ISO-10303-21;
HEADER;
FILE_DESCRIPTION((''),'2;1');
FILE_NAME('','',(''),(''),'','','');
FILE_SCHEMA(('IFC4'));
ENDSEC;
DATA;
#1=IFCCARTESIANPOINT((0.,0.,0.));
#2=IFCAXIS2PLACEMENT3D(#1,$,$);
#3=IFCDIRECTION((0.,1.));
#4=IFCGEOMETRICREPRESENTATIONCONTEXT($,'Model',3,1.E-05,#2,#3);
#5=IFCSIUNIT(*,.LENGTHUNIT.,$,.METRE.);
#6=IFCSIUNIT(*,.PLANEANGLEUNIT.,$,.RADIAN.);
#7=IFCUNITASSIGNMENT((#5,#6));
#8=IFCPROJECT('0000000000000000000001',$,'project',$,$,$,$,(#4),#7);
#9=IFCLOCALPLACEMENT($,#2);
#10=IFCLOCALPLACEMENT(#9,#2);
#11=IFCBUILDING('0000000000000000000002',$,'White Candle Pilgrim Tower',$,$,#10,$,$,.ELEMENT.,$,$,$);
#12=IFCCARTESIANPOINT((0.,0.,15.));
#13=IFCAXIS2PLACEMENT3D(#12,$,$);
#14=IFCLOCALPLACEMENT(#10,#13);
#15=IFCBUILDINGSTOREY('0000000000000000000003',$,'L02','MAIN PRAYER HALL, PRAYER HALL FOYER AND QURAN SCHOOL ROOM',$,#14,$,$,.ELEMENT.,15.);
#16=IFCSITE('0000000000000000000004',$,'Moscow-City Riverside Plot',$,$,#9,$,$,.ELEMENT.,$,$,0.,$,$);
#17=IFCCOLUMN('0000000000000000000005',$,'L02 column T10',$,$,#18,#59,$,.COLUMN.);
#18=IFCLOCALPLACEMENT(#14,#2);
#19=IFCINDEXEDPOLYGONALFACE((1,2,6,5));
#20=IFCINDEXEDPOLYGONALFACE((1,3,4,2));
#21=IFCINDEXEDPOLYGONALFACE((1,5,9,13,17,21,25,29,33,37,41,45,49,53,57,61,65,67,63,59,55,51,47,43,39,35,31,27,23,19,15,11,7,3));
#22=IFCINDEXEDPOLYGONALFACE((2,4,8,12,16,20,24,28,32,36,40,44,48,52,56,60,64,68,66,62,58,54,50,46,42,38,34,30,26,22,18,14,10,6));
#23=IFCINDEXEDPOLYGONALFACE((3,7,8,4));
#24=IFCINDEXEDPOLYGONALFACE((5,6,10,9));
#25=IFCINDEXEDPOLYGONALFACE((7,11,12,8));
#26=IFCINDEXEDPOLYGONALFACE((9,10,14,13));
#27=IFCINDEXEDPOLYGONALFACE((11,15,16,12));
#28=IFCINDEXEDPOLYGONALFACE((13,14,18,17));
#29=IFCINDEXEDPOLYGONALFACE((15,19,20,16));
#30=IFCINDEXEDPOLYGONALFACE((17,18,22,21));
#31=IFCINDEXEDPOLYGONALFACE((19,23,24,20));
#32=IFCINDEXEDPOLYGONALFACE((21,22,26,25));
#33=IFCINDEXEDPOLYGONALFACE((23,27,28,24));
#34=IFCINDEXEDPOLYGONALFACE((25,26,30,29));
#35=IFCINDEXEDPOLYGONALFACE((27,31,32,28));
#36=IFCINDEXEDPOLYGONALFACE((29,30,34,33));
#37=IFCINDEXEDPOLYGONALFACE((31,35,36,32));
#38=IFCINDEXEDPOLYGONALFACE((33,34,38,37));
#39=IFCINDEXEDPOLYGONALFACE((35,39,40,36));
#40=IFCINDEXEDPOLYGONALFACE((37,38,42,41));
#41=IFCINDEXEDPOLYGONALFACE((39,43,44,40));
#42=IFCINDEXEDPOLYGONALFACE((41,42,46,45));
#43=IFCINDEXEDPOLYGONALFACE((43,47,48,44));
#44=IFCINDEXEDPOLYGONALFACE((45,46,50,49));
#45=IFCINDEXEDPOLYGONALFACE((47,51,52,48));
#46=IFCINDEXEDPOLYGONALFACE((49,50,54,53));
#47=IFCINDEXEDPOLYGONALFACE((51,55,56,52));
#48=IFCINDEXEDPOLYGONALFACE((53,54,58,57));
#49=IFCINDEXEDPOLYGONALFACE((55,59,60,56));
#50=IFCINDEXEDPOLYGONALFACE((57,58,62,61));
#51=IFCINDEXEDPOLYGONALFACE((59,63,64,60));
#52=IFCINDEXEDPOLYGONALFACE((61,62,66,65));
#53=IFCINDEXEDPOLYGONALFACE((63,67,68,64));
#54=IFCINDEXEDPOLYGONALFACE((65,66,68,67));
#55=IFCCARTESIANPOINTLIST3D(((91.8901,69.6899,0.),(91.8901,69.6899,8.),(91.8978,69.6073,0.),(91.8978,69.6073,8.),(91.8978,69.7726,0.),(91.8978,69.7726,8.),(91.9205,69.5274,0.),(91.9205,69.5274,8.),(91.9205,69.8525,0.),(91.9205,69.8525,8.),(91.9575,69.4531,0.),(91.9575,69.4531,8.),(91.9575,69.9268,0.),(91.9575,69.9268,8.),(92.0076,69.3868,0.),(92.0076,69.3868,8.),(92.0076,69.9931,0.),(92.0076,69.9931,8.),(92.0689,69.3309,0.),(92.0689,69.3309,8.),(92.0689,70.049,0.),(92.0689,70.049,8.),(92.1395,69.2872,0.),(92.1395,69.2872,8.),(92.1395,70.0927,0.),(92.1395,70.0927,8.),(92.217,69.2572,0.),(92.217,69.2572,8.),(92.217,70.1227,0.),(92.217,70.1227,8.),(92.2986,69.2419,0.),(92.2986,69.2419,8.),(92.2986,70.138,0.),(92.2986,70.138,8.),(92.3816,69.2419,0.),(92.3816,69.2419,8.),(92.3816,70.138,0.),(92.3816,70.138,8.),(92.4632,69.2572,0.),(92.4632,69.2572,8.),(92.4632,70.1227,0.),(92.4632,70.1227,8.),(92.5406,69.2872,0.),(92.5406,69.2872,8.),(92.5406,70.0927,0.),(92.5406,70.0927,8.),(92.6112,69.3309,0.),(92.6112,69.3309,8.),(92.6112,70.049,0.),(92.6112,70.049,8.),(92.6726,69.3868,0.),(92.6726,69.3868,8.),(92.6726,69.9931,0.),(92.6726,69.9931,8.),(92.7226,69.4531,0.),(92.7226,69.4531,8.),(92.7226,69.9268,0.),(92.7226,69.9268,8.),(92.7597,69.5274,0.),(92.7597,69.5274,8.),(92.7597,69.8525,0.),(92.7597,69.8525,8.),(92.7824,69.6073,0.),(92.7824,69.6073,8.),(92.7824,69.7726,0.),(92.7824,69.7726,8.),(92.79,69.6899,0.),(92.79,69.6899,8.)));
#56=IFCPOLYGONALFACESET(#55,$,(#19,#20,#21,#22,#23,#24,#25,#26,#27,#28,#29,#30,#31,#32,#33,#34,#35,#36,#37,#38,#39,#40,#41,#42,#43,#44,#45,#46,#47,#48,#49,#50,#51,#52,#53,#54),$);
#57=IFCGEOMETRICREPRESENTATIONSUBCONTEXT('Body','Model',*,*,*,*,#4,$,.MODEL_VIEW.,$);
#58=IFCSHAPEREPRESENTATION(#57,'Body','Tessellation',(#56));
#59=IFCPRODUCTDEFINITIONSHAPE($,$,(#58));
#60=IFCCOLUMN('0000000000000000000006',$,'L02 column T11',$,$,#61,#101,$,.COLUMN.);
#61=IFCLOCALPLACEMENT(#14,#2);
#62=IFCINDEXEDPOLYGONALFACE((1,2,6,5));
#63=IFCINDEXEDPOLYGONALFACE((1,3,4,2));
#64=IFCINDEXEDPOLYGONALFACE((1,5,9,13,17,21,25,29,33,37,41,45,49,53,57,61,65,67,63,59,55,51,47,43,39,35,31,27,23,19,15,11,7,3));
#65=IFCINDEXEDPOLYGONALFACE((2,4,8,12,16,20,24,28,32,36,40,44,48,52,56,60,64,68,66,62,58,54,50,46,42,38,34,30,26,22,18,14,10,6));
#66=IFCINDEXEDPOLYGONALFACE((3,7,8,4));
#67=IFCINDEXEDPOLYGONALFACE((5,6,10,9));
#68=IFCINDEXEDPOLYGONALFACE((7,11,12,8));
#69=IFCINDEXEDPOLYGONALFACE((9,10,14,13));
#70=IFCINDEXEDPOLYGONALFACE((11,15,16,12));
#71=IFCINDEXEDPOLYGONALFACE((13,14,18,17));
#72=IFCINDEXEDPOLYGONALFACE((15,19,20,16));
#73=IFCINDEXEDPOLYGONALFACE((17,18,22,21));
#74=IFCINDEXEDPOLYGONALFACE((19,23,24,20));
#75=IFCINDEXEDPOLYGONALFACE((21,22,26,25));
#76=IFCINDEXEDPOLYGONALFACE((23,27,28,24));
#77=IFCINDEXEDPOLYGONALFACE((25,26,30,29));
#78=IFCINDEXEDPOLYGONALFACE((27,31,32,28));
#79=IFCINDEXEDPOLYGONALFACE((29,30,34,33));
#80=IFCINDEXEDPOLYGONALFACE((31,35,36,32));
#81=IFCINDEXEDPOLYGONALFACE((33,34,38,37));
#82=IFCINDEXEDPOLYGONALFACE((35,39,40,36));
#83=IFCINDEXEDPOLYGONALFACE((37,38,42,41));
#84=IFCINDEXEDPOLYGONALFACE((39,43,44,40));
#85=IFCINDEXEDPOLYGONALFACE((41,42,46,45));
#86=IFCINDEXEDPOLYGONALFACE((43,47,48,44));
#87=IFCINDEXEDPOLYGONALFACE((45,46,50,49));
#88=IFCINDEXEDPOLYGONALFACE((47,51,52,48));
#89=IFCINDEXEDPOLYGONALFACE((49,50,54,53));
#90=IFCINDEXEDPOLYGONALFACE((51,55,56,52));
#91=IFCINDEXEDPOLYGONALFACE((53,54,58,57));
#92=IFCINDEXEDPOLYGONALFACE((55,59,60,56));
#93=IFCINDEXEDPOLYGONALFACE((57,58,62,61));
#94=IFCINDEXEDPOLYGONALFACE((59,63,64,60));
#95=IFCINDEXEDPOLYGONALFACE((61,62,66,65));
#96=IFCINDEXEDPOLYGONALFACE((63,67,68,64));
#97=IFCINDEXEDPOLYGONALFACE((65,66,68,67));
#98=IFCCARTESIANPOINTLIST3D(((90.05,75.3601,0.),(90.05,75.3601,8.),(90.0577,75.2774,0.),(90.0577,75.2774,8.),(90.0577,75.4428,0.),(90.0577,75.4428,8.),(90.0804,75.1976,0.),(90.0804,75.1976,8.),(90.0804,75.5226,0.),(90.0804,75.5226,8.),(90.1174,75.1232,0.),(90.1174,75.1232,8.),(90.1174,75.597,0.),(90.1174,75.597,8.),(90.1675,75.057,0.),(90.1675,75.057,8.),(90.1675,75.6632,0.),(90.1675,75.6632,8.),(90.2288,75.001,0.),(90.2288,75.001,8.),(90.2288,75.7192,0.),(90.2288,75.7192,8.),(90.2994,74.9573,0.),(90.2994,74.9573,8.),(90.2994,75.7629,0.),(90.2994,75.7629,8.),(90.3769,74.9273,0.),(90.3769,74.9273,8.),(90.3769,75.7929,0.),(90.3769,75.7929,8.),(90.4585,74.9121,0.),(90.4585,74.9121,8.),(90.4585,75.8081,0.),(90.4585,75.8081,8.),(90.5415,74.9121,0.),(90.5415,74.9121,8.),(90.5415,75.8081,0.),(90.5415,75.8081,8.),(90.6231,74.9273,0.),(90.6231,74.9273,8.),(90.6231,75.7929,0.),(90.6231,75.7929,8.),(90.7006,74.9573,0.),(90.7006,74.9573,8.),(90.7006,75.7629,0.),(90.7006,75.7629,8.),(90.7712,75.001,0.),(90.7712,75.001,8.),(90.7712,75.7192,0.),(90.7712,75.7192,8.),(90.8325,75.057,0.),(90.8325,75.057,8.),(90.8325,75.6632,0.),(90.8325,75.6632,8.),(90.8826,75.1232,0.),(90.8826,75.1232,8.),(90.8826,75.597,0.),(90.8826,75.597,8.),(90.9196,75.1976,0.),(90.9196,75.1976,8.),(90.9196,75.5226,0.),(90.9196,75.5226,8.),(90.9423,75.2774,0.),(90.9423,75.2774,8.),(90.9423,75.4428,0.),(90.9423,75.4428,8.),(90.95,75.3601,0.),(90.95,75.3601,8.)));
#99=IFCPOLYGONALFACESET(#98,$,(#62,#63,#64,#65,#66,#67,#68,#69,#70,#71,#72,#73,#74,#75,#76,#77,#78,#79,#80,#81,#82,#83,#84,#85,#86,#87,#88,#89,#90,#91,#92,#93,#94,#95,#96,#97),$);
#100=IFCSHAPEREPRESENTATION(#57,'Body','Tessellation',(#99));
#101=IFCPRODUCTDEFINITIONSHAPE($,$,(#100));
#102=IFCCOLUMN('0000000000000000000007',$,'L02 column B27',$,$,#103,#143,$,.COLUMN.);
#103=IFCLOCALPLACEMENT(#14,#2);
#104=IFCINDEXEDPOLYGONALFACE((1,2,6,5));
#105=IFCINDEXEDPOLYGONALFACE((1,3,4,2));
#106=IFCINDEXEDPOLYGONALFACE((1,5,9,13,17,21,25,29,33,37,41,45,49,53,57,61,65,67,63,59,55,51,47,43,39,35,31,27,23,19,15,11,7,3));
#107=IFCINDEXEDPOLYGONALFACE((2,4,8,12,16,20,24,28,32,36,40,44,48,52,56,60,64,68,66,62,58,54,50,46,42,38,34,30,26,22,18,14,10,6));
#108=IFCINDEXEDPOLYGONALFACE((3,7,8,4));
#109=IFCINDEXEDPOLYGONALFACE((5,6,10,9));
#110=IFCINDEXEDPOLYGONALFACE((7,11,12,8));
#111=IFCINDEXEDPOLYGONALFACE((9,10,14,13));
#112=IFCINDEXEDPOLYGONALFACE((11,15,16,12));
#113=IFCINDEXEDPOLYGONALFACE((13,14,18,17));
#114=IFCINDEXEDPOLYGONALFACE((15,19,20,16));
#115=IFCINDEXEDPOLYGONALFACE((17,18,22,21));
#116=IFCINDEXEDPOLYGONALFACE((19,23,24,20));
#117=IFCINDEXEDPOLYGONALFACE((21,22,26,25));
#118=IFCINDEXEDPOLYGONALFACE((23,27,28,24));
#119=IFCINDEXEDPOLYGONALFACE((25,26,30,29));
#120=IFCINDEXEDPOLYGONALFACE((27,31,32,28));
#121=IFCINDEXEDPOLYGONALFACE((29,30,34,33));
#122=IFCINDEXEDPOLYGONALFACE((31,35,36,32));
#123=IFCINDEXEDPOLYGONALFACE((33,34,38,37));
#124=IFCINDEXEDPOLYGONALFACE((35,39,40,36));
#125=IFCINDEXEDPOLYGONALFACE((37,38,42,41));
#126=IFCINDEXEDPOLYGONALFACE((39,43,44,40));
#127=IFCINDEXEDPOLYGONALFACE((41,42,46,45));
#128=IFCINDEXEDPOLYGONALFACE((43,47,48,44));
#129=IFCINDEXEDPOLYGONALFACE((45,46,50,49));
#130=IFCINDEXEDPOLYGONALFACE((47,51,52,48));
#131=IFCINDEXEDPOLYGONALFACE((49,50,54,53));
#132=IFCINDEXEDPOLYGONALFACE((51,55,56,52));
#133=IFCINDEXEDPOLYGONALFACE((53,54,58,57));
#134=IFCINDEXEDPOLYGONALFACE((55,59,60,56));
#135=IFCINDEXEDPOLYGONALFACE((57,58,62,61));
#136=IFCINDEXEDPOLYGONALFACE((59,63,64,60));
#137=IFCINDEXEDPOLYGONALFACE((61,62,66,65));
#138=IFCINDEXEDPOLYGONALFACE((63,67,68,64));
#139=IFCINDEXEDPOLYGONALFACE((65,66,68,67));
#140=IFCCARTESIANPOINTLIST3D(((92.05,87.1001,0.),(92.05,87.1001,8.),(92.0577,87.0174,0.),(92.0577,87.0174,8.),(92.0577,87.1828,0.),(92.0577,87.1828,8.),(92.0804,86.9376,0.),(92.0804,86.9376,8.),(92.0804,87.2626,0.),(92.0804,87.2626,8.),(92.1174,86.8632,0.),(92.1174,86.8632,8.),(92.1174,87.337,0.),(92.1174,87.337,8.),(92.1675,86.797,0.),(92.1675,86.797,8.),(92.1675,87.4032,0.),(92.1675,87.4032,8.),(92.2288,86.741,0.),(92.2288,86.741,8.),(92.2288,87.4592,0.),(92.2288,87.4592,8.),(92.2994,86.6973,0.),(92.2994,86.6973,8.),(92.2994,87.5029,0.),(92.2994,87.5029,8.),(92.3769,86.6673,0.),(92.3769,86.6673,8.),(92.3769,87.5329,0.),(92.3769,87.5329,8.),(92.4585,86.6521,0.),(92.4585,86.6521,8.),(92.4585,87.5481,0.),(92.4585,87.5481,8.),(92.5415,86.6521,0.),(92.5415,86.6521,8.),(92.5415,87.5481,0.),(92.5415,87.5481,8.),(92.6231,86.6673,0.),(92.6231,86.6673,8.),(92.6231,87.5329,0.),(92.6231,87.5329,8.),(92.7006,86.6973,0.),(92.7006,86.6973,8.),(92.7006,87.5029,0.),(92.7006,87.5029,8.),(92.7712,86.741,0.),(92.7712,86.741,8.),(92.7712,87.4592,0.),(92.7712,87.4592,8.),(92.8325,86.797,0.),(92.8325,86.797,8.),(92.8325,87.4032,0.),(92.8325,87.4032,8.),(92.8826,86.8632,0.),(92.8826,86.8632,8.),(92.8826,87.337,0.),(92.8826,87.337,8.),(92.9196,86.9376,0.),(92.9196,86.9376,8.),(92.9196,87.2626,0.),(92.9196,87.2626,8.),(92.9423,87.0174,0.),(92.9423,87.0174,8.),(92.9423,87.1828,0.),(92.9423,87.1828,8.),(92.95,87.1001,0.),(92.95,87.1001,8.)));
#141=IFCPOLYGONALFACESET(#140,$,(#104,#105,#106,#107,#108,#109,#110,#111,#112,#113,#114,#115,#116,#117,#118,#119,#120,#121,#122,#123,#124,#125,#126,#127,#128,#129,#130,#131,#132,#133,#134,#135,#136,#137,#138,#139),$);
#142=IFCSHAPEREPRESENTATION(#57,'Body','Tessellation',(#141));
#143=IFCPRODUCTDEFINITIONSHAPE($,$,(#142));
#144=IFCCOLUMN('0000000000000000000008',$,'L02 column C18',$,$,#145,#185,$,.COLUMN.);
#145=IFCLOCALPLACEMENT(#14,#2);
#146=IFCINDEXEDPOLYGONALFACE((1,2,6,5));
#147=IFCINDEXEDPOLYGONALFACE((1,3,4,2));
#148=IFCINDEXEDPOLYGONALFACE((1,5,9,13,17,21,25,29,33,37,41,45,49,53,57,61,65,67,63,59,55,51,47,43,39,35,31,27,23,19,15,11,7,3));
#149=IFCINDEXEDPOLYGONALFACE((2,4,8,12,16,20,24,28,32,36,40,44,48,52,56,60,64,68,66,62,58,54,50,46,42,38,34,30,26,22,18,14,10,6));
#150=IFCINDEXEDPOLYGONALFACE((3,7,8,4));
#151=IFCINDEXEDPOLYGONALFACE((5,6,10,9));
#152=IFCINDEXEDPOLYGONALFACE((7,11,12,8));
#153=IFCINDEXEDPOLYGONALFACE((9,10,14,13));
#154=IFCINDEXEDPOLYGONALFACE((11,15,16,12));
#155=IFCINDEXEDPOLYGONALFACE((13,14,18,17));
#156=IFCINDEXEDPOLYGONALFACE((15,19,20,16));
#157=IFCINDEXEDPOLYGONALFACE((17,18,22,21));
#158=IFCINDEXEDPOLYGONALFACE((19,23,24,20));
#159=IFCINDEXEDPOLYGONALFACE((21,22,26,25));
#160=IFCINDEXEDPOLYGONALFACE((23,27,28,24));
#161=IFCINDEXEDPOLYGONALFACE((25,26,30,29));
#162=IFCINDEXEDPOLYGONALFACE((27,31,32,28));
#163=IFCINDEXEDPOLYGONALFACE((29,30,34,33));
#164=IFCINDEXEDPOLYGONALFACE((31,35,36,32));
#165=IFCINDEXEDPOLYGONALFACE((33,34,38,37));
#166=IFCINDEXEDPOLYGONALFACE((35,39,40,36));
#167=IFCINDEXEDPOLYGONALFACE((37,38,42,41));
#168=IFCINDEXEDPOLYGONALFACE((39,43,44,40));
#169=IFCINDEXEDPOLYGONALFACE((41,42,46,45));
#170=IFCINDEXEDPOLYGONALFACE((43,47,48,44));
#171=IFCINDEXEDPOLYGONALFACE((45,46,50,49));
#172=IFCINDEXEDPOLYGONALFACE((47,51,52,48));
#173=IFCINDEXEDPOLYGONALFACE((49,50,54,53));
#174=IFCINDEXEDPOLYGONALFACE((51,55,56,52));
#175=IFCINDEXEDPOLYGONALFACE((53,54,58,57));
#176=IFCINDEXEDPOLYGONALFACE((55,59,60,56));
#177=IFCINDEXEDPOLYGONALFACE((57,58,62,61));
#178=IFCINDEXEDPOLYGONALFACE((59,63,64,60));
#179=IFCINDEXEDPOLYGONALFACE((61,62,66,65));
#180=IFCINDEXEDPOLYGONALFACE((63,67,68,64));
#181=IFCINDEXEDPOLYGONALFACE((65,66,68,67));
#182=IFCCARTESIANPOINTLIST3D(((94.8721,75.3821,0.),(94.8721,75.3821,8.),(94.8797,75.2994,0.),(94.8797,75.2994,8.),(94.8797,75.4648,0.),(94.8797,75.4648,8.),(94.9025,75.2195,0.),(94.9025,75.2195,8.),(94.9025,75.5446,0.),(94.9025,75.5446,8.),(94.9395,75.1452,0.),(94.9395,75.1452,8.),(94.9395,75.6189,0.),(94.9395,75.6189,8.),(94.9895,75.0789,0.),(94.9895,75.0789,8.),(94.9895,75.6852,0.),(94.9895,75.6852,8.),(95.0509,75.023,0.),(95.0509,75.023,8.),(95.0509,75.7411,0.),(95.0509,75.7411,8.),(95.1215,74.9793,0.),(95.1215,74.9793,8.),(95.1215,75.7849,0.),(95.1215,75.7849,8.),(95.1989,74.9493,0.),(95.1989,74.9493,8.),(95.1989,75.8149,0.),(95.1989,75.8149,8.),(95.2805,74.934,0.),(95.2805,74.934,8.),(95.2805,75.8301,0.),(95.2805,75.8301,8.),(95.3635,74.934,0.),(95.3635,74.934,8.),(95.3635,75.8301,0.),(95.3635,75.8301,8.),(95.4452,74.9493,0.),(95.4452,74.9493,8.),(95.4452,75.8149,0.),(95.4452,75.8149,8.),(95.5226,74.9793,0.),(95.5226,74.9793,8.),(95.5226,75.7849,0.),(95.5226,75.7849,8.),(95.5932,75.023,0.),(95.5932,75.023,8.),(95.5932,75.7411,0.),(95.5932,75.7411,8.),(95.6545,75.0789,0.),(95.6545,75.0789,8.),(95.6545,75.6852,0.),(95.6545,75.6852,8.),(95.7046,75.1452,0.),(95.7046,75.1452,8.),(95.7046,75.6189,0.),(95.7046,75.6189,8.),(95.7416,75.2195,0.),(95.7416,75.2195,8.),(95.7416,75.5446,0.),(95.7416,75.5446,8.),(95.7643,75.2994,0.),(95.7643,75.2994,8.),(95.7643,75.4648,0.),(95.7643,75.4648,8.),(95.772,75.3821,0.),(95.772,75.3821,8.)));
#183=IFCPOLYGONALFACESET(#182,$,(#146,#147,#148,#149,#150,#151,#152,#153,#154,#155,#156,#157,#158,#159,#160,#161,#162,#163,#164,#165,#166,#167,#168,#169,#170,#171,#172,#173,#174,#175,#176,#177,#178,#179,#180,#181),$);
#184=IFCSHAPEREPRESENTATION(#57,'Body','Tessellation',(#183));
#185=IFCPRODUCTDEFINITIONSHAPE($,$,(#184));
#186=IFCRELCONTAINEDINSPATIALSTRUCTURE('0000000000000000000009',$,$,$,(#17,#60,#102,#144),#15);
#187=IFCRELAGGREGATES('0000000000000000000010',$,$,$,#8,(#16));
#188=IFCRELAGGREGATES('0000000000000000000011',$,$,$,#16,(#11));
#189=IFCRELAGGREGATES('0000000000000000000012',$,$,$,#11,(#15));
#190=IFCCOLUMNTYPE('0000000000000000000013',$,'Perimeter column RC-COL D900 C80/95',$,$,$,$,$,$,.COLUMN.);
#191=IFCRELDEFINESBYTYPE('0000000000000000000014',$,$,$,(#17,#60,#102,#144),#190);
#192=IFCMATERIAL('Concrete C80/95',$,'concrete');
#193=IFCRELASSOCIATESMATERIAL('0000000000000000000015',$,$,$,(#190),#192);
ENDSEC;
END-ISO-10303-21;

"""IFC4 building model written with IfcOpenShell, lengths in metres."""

from ifc_helpers import new_model, si_unit, direction, frame, origin, origin_2d, place, context, subcontext, project, spatial, circle, extrude, material, material_profile, profile_set, type_object, element, save


model = new_model("IFC4")

# Units and contexts
model_context = context("Model", 3, precision=1e-05, world=origin(), true_north=direction((0.0, 1.0)))
body_context = subcontext(model_context, "Body", "Model", "MODEL_VIEW")
ifc_project = project(units=[si_unit("LENGTHUNIT", "METRE"), si_unit("PLANEANGLEUNIT", "RADIAN")], contexts=[model_context])

# Site, building, storey
site_placement = place(None, origin())
site = spatial("IfcSite", under=ifc_project, at=site_placement, Name="Moscow-City Riverside Plot", CompositionType="ELEMENT", RefElevation=0.0)
building_placement = place(site_placement, origin())
building = spatial("IfcBuilding", under=site, at=building_placement, Name="White Candle Pilgrim Tower", CompositionType="ELEMENT")
storey_placement = place(building_placement, frame((0.0, 0.0, 15.0)))
storey = spatial("IfcBuildingStorey", under=building, at=storey_placement, Name="L02", Description="MAIN PRAYER HALL, PRAYER HALL FOYER AND QURAN SCHOOL ROOM", CompositionType="ELEMENT", Elevation=15.0)

# Columns
ifc_material_1 = material(Name="Concrete C80/95", Category="concrete")
ifc_material_profile_1 = material_profile(ifc_material_1, circle(Radius=0.45, at=origin_2d()), Name="RC-COL D900")
ifc_profile_set_1 = profile_set([ifc_material_profile_1], Name="Concrete C80/95")
column_type = type_object("IfcColumnType", Name="Perimeter column RC-COL D900 C80/95", PredefinedType="COLUMN", material=ifc_profile_set_1)
for number, where, z_axis, x_axis, name in (
    (1, (92.3401, 69.6899, 0.0), (0.0, 0.0, 1.0), (1.0, 0.0, 0.0), "L02 column T10"),
    (2, (90.5, 75.3601, 0.0), (0.0, 0.0, 1.0), (1.0, 0.0, 0.0), "L02 column T11"),
    (3, (92.5, 87.1001, 0.0), (0.0, 0.0, 1.0), (1.0, 0.0, 0.0), "L02 column B27"),
    (4, (95.322, 75.3821, 0.0), (0.0, 0.0, 1.0), (1.0, 0.0, 0.0), "L02 column C18"),
):
    element("IfcColumn", number, at=place(storey_placement, frame(where, z_axis=z_axis, x_axis=x_axis)), inside=storey, type_object=column_type, Name=name, PredefinedType="COLUMN", context=body_context, shape_type="SweptSolid", body=[
        extrude(circle(Radius=0.45, at=origin_2d()), origin(), (0.0, 0.0, 1.0), 8.0),
    ])

save(model, "model.ifc")
